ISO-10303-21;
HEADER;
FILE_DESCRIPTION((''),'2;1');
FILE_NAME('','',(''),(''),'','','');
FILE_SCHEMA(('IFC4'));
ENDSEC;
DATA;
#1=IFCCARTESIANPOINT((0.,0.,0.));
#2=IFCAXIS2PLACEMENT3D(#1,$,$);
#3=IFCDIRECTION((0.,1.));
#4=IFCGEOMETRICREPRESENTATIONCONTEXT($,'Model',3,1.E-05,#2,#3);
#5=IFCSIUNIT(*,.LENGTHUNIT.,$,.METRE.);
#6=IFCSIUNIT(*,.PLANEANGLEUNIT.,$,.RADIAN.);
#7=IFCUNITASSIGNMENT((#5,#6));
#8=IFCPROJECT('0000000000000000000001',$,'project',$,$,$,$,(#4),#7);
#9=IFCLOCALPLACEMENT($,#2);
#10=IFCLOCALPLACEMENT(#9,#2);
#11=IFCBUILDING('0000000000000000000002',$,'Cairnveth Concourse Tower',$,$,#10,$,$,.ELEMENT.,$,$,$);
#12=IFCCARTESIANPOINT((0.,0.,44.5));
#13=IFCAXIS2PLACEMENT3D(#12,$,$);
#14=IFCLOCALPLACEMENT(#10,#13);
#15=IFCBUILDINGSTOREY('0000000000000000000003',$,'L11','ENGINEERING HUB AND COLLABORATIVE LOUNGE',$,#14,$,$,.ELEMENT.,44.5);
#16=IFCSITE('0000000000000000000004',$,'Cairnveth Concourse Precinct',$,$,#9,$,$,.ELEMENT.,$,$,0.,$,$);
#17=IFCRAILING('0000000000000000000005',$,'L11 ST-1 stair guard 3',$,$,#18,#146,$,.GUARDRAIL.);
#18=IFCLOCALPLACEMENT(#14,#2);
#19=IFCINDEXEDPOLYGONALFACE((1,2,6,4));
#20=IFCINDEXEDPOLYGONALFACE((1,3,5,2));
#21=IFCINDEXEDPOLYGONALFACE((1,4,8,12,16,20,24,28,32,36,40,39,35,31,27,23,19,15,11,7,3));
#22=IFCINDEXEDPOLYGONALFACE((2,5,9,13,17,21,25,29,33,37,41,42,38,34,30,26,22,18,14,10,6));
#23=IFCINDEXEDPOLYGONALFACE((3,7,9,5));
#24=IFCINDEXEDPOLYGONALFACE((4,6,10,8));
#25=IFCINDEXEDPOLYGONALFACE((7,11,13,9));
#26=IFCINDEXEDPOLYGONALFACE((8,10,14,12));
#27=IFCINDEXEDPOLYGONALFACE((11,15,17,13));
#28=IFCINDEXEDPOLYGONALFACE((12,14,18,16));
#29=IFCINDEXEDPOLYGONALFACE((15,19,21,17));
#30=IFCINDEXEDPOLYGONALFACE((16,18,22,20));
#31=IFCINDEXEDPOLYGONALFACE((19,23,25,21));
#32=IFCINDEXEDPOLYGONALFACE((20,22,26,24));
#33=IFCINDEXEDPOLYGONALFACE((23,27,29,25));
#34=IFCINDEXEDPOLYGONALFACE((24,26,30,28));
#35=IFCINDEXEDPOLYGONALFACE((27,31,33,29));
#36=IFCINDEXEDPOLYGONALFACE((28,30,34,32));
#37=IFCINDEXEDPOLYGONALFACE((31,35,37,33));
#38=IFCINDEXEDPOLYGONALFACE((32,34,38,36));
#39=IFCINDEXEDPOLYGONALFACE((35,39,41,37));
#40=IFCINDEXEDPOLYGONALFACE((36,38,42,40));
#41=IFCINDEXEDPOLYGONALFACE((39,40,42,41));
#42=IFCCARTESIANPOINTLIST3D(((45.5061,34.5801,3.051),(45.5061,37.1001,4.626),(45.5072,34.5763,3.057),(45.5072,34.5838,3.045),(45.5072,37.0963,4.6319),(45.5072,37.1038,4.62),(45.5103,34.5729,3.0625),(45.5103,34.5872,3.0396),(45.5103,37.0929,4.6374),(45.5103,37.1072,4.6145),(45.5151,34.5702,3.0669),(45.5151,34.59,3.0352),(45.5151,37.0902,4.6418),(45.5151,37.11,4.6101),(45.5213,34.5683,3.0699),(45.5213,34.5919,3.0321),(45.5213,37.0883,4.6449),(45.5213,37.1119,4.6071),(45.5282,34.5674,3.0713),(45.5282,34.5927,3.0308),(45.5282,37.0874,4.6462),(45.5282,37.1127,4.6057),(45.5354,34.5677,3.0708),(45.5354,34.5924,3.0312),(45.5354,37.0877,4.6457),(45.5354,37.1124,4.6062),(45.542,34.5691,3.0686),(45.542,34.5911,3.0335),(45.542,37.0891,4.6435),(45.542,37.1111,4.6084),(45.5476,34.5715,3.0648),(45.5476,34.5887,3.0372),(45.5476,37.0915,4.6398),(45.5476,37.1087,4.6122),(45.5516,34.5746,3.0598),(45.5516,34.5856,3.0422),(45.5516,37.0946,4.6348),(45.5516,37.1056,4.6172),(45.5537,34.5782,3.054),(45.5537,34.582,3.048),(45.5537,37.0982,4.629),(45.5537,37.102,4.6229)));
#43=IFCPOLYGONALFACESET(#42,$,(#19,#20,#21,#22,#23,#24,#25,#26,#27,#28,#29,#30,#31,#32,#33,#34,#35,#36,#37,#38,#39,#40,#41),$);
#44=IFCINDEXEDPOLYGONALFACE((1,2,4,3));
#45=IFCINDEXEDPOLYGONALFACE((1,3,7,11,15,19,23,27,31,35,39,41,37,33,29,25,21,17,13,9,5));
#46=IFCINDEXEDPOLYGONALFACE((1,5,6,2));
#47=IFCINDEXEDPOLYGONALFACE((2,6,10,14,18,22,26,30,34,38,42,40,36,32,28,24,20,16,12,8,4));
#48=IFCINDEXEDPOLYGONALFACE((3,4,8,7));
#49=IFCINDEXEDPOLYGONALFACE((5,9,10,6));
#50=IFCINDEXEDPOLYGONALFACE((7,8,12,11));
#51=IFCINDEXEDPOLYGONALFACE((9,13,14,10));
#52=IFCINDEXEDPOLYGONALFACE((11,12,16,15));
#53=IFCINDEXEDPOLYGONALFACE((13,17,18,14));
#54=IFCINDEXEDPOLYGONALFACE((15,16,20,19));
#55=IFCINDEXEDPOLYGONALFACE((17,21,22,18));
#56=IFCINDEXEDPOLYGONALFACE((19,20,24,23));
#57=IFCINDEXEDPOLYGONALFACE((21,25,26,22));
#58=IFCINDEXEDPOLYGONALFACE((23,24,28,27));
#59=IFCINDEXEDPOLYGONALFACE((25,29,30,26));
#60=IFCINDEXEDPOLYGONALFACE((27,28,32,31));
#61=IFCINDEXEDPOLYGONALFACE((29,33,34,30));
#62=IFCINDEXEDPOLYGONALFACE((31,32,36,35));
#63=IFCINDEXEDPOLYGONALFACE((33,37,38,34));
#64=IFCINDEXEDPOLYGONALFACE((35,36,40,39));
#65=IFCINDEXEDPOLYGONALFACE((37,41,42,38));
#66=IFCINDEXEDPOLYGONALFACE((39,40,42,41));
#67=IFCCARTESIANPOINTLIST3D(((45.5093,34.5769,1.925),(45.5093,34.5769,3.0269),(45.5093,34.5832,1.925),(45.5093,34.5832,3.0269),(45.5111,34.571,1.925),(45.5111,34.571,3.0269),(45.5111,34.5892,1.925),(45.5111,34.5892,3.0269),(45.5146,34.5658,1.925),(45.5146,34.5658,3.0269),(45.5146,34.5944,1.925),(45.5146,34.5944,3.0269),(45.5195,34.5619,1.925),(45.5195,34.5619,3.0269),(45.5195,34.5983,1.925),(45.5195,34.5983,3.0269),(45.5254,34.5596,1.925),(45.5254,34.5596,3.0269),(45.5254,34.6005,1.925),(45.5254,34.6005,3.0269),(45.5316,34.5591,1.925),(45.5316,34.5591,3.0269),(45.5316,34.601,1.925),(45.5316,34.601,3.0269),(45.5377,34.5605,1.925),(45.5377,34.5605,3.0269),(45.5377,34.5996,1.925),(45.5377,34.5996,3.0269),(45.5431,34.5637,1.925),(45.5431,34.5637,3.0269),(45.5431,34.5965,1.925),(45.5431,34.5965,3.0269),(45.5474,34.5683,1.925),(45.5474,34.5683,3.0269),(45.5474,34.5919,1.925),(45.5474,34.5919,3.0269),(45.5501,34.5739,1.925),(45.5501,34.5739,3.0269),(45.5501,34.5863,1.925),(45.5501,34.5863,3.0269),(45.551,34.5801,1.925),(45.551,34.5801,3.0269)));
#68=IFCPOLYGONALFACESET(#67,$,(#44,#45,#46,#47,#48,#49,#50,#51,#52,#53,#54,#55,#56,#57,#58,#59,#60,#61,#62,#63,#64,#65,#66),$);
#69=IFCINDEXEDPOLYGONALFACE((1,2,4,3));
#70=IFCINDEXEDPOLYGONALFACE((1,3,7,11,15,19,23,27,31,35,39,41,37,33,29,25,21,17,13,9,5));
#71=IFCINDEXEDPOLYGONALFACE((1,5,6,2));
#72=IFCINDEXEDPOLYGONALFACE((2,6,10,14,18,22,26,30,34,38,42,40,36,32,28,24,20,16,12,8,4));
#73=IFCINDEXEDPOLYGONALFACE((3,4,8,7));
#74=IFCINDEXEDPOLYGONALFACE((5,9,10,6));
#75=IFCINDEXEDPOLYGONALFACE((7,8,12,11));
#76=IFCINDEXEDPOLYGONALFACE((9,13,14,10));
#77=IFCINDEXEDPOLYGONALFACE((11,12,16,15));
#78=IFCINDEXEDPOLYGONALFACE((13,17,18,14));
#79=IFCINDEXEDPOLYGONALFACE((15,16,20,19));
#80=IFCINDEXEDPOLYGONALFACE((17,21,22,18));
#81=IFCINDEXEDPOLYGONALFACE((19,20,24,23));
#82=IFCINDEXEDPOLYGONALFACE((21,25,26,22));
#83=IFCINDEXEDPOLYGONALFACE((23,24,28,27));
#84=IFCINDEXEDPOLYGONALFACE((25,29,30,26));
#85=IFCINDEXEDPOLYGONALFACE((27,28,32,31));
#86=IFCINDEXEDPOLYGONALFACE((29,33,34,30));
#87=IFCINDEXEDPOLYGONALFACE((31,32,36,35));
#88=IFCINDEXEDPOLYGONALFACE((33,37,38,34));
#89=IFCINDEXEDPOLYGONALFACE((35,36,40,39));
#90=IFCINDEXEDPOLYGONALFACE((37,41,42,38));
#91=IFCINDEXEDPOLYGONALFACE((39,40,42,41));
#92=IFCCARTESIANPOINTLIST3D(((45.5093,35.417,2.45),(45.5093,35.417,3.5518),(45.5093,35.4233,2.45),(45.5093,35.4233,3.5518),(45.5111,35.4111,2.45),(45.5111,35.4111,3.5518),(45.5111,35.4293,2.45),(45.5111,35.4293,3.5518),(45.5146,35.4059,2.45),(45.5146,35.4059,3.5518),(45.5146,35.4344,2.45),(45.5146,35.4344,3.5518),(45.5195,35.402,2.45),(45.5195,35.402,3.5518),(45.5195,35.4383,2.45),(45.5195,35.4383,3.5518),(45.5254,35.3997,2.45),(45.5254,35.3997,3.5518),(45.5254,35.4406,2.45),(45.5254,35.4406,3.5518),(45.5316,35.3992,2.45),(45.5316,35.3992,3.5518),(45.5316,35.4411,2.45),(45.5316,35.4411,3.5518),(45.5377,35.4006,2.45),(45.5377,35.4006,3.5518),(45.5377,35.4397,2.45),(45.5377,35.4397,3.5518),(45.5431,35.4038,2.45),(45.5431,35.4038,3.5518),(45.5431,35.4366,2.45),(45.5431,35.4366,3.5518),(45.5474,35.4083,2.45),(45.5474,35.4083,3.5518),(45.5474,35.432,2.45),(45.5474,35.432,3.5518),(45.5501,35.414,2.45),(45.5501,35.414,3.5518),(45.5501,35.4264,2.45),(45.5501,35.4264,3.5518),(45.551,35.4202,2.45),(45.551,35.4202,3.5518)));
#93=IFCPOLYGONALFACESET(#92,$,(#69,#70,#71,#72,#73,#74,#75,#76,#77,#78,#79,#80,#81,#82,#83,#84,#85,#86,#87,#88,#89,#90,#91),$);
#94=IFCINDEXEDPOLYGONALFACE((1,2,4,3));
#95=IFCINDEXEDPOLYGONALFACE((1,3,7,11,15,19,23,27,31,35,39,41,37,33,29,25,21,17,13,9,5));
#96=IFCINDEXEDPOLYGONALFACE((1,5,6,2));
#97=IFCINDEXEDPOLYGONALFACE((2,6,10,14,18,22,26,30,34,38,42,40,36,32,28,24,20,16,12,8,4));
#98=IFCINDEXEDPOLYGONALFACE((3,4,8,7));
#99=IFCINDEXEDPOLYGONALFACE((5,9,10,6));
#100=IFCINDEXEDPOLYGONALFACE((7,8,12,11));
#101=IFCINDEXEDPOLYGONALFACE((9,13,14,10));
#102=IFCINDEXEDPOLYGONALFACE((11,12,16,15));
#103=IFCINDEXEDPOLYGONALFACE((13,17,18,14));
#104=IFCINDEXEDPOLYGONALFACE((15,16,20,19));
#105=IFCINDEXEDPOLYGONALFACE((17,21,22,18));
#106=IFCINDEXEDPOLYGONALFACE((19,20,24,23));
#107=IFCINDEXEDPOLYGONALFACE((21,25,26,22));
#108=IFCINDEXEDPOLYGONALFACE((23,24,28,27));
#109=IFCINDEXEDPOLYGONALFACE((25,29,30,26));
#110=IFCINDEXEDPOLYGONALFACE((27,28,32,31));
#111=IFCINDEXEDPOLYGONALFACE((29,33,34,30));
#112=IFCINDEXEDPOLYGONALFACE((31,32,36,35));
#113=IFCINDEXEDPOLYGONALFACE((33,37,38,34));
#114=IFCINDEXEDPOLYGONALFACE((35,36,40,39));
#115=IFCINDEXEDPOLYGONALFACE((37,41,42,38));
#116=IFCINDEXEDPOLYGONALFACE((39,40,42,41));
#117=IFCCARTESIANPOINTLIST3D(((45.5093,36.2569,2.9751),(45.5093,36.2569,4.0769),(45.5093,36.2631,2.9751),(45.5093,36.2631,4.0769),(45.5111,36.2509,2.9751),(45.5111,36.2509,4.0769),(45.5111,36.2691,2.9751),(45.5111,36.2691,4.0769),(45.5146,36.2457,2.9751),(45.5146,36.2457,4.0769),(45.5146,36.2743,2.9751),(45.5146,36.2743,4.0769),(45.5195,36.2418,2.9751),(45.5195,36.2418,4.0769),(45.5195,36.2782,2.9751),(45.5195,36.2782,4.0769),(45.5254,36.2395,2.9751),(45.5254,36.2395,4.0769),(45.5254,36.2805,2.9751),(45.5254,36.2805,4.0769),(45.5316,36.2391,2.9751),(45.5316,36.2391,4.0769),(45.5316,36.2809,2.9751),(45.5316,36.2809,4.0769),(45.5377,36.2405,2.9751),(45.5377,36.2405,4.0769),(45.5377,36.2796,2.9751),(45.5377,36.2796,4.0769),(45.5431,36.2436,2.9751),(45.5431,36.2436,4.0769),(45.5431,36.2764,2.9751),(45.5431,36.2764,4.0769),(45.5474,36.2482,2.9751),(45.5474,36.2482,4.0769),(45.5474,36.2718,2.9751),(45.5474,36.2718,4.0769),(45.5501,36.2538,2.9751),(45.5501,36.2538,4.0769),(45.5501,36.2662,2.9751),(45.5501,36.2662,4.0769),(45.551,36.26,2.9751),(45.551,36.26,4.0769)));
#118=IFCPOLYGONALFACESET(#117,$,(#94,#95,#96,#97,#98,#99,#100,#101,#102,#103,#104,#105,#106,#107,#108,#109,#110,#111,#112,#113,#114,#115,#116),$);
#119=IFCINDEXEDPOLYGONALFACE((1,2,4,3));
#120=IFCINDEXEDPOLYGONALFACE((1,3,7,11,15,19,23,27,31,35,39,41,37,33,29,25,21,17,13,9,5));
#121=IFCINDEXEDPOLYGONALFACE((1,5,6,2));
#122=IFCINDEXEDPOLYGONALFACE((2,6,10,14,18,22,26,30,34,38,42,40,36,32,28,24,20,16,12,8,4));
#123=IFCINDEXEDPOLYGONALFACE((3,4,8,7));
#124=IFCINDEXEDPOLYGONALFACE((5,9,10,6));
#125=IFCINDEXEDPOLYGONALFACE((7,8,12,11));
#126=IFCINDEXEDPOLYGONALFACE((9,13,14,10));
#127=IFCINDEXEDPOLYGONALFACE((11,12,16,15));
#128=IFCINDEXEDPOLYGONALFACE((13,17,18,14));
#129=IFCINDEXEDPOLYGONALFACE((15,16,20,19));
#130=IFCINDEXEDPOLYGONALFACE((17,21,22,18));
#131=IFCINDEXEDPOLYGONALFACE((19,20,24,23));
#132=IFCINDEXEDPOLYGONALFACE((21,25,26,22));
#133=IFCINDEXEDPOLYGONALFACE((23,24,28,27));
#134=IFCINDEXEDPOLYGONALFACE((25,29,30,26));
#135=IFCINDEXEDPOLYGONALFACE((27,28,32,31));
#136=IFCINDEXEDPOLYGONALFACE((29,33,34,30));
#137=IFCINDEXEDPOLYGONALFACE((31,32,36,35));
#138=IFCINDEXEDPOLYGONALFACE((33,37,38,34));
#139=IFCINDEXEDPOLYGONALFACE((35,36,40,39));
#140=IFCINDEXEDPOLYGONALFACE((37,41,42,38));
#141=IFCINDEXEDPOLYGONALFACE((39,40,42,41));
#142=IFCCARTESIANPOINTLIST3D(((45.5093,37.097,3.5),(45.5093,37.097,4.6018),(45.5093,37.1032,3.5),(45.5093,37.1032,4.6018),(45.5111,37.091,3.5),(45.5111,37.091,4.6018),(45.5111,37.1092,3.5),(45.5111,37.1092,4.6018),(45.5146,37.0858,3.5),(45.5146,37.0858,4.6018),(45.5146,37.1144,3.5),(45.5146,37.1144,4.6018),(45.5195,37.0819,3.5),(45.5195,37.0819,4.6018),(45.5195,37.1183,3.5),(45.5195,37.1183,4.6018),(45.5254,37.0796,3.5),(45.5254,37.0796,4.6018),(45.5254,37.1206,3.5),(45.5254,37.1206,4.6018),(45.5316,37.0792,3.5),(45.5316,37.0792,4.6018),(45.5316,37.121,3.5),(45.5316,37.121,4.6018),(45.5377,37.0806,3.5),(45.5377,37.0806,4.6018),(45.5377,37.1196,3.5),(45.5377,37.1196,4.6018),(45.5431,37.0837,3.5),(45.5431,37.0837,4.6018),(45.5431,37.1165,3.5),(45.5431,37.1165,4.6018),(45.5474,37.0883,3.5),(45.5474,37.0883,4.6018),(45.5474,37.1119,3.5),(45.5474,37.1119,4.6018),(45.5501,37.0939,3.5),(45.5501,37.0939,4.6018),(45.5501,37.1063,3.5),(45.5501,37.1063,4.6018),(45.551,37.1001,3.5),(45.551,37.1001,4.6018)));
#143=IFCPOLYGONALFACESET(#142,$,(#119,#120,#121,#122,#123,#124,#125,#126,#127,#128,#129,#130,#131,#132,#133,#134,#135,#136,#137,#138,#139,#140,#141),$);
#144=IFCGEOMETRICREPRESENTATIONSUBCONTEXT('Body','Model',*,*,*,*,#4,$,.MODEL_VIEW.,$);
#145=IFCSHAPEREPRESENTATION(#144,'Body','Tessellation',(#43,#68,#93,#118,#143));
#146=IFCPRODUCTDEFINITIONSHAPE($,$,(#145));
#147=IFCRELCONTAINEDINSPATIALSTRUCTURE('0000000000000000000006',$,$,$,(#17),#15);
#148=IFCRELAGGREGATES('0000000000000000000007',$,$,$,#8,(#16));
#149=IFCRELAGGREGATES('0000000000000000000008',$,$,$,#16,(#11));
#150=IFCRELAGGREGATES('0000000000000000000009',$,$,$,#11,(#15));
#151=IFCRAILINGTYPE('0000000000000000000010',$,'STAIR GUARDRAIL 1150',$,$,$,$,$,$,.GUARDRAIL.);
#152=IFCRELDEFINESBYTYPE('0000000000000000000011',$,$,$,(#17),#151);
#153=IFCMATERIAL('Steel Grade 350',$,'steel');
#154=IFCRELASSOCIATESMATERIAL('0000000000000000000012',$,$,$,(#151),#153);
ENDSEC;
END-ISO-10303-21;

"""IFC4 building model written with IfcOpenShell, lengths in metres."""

from ifc_helpers import new_model, si_unit, direction, frame, origin, origin_2d, place, context, subcontext, project, spatial, circle, extrude, material, type_object, element, save


model = new_model("IFC4")

# Units and contexts
model_context = context("Model", 3, precision=1e-05, world=origin(), true_north=direction((0.0, 1.0)))
body_context = subcontext(model_context, "Body", "Model", "MODEL_VIEW")
ifc_project = project(units=[si_unit("LENGTHUNIT", "METRE"), si_unit("PLANEANGLEUNIT", "RADIAN")], contexts=[model_context])

# Site, building, storey
site_placement = place(None, origin())
site = spatial("IfcSite", under=ifc_project, at=site_placement, Name="Cairnveth Concourse Precinct", CompositionType="ELEMENT", RefElevation=0.0)
building_placement = place(site_placement, origin())
building = spatial("IfcBuilding", under=site, at=building_placement, Name="Cairnveth Concourse Tower", CompositionType="ELEMENT")
storey_placement = place(building_placement, frame((0.0, 0.0, 44.5)))
storey = spatial("IfcBuildingStorey", under=building, at=storey_placement, Name="L11", Description="ENGINEERING HUB AND COLLABORATIVE LOUNGE", CompositionType="ELEMENT", Elevation=44.5)

# Railing
ifc_material_1 = material(Name="Steel Grade 350", Category="steel")
railing_type_1 = type_object("IfcRailingType", Name="STAIR GUARDRAIL 1150", PredefinedType="GUARDRAIL", material=ifc_material_1)
railing_1_placement = place(storey_placement, frame((45.53, 34.5801, 1.925)))
element("IfcRailing", 1, at=railing_1_placement, inside=storey, type_object=railing_type_1, Name="L11 ST-1 stair guard 3", PredefinedType="GUARDRAIL", context=body_context, shape_type="SweptSolid", body=[
    extrude(circle(Radius=0.0239, at=origin_2d()), frame((0.0, 0.0, 1.126), z_axis=(0.0, 0.848008, 0.529984), x_axis=(-1.0, 0.0, 0.0)), (0.0, 0.0, 1.0), 2.9717),
    extrude(circle(Radius=0.021, at=origin_2d()), origin(), (0.0, 0.0, 1.0), 1.1018),
    extrude(circle(Radius=0.021, at=origin_2d()), frame((0.0, 0.8401, 0.5249)), (0.0, 0.0, 1.0), 1.1018),
    extrude(circle(Radius=0.021, at=origin_2d()), frame((0.0, 1.6799, 1.05)), (0.0, 0.0, 1.0), 1.1018),
    extrude(circle(Radius=0.021, at=origin_2d()), frame((0.0, 2.52, 1.575)), (0.0, 0.0, 1.0), 1.1018),
])

save(model, "model.ifc")
